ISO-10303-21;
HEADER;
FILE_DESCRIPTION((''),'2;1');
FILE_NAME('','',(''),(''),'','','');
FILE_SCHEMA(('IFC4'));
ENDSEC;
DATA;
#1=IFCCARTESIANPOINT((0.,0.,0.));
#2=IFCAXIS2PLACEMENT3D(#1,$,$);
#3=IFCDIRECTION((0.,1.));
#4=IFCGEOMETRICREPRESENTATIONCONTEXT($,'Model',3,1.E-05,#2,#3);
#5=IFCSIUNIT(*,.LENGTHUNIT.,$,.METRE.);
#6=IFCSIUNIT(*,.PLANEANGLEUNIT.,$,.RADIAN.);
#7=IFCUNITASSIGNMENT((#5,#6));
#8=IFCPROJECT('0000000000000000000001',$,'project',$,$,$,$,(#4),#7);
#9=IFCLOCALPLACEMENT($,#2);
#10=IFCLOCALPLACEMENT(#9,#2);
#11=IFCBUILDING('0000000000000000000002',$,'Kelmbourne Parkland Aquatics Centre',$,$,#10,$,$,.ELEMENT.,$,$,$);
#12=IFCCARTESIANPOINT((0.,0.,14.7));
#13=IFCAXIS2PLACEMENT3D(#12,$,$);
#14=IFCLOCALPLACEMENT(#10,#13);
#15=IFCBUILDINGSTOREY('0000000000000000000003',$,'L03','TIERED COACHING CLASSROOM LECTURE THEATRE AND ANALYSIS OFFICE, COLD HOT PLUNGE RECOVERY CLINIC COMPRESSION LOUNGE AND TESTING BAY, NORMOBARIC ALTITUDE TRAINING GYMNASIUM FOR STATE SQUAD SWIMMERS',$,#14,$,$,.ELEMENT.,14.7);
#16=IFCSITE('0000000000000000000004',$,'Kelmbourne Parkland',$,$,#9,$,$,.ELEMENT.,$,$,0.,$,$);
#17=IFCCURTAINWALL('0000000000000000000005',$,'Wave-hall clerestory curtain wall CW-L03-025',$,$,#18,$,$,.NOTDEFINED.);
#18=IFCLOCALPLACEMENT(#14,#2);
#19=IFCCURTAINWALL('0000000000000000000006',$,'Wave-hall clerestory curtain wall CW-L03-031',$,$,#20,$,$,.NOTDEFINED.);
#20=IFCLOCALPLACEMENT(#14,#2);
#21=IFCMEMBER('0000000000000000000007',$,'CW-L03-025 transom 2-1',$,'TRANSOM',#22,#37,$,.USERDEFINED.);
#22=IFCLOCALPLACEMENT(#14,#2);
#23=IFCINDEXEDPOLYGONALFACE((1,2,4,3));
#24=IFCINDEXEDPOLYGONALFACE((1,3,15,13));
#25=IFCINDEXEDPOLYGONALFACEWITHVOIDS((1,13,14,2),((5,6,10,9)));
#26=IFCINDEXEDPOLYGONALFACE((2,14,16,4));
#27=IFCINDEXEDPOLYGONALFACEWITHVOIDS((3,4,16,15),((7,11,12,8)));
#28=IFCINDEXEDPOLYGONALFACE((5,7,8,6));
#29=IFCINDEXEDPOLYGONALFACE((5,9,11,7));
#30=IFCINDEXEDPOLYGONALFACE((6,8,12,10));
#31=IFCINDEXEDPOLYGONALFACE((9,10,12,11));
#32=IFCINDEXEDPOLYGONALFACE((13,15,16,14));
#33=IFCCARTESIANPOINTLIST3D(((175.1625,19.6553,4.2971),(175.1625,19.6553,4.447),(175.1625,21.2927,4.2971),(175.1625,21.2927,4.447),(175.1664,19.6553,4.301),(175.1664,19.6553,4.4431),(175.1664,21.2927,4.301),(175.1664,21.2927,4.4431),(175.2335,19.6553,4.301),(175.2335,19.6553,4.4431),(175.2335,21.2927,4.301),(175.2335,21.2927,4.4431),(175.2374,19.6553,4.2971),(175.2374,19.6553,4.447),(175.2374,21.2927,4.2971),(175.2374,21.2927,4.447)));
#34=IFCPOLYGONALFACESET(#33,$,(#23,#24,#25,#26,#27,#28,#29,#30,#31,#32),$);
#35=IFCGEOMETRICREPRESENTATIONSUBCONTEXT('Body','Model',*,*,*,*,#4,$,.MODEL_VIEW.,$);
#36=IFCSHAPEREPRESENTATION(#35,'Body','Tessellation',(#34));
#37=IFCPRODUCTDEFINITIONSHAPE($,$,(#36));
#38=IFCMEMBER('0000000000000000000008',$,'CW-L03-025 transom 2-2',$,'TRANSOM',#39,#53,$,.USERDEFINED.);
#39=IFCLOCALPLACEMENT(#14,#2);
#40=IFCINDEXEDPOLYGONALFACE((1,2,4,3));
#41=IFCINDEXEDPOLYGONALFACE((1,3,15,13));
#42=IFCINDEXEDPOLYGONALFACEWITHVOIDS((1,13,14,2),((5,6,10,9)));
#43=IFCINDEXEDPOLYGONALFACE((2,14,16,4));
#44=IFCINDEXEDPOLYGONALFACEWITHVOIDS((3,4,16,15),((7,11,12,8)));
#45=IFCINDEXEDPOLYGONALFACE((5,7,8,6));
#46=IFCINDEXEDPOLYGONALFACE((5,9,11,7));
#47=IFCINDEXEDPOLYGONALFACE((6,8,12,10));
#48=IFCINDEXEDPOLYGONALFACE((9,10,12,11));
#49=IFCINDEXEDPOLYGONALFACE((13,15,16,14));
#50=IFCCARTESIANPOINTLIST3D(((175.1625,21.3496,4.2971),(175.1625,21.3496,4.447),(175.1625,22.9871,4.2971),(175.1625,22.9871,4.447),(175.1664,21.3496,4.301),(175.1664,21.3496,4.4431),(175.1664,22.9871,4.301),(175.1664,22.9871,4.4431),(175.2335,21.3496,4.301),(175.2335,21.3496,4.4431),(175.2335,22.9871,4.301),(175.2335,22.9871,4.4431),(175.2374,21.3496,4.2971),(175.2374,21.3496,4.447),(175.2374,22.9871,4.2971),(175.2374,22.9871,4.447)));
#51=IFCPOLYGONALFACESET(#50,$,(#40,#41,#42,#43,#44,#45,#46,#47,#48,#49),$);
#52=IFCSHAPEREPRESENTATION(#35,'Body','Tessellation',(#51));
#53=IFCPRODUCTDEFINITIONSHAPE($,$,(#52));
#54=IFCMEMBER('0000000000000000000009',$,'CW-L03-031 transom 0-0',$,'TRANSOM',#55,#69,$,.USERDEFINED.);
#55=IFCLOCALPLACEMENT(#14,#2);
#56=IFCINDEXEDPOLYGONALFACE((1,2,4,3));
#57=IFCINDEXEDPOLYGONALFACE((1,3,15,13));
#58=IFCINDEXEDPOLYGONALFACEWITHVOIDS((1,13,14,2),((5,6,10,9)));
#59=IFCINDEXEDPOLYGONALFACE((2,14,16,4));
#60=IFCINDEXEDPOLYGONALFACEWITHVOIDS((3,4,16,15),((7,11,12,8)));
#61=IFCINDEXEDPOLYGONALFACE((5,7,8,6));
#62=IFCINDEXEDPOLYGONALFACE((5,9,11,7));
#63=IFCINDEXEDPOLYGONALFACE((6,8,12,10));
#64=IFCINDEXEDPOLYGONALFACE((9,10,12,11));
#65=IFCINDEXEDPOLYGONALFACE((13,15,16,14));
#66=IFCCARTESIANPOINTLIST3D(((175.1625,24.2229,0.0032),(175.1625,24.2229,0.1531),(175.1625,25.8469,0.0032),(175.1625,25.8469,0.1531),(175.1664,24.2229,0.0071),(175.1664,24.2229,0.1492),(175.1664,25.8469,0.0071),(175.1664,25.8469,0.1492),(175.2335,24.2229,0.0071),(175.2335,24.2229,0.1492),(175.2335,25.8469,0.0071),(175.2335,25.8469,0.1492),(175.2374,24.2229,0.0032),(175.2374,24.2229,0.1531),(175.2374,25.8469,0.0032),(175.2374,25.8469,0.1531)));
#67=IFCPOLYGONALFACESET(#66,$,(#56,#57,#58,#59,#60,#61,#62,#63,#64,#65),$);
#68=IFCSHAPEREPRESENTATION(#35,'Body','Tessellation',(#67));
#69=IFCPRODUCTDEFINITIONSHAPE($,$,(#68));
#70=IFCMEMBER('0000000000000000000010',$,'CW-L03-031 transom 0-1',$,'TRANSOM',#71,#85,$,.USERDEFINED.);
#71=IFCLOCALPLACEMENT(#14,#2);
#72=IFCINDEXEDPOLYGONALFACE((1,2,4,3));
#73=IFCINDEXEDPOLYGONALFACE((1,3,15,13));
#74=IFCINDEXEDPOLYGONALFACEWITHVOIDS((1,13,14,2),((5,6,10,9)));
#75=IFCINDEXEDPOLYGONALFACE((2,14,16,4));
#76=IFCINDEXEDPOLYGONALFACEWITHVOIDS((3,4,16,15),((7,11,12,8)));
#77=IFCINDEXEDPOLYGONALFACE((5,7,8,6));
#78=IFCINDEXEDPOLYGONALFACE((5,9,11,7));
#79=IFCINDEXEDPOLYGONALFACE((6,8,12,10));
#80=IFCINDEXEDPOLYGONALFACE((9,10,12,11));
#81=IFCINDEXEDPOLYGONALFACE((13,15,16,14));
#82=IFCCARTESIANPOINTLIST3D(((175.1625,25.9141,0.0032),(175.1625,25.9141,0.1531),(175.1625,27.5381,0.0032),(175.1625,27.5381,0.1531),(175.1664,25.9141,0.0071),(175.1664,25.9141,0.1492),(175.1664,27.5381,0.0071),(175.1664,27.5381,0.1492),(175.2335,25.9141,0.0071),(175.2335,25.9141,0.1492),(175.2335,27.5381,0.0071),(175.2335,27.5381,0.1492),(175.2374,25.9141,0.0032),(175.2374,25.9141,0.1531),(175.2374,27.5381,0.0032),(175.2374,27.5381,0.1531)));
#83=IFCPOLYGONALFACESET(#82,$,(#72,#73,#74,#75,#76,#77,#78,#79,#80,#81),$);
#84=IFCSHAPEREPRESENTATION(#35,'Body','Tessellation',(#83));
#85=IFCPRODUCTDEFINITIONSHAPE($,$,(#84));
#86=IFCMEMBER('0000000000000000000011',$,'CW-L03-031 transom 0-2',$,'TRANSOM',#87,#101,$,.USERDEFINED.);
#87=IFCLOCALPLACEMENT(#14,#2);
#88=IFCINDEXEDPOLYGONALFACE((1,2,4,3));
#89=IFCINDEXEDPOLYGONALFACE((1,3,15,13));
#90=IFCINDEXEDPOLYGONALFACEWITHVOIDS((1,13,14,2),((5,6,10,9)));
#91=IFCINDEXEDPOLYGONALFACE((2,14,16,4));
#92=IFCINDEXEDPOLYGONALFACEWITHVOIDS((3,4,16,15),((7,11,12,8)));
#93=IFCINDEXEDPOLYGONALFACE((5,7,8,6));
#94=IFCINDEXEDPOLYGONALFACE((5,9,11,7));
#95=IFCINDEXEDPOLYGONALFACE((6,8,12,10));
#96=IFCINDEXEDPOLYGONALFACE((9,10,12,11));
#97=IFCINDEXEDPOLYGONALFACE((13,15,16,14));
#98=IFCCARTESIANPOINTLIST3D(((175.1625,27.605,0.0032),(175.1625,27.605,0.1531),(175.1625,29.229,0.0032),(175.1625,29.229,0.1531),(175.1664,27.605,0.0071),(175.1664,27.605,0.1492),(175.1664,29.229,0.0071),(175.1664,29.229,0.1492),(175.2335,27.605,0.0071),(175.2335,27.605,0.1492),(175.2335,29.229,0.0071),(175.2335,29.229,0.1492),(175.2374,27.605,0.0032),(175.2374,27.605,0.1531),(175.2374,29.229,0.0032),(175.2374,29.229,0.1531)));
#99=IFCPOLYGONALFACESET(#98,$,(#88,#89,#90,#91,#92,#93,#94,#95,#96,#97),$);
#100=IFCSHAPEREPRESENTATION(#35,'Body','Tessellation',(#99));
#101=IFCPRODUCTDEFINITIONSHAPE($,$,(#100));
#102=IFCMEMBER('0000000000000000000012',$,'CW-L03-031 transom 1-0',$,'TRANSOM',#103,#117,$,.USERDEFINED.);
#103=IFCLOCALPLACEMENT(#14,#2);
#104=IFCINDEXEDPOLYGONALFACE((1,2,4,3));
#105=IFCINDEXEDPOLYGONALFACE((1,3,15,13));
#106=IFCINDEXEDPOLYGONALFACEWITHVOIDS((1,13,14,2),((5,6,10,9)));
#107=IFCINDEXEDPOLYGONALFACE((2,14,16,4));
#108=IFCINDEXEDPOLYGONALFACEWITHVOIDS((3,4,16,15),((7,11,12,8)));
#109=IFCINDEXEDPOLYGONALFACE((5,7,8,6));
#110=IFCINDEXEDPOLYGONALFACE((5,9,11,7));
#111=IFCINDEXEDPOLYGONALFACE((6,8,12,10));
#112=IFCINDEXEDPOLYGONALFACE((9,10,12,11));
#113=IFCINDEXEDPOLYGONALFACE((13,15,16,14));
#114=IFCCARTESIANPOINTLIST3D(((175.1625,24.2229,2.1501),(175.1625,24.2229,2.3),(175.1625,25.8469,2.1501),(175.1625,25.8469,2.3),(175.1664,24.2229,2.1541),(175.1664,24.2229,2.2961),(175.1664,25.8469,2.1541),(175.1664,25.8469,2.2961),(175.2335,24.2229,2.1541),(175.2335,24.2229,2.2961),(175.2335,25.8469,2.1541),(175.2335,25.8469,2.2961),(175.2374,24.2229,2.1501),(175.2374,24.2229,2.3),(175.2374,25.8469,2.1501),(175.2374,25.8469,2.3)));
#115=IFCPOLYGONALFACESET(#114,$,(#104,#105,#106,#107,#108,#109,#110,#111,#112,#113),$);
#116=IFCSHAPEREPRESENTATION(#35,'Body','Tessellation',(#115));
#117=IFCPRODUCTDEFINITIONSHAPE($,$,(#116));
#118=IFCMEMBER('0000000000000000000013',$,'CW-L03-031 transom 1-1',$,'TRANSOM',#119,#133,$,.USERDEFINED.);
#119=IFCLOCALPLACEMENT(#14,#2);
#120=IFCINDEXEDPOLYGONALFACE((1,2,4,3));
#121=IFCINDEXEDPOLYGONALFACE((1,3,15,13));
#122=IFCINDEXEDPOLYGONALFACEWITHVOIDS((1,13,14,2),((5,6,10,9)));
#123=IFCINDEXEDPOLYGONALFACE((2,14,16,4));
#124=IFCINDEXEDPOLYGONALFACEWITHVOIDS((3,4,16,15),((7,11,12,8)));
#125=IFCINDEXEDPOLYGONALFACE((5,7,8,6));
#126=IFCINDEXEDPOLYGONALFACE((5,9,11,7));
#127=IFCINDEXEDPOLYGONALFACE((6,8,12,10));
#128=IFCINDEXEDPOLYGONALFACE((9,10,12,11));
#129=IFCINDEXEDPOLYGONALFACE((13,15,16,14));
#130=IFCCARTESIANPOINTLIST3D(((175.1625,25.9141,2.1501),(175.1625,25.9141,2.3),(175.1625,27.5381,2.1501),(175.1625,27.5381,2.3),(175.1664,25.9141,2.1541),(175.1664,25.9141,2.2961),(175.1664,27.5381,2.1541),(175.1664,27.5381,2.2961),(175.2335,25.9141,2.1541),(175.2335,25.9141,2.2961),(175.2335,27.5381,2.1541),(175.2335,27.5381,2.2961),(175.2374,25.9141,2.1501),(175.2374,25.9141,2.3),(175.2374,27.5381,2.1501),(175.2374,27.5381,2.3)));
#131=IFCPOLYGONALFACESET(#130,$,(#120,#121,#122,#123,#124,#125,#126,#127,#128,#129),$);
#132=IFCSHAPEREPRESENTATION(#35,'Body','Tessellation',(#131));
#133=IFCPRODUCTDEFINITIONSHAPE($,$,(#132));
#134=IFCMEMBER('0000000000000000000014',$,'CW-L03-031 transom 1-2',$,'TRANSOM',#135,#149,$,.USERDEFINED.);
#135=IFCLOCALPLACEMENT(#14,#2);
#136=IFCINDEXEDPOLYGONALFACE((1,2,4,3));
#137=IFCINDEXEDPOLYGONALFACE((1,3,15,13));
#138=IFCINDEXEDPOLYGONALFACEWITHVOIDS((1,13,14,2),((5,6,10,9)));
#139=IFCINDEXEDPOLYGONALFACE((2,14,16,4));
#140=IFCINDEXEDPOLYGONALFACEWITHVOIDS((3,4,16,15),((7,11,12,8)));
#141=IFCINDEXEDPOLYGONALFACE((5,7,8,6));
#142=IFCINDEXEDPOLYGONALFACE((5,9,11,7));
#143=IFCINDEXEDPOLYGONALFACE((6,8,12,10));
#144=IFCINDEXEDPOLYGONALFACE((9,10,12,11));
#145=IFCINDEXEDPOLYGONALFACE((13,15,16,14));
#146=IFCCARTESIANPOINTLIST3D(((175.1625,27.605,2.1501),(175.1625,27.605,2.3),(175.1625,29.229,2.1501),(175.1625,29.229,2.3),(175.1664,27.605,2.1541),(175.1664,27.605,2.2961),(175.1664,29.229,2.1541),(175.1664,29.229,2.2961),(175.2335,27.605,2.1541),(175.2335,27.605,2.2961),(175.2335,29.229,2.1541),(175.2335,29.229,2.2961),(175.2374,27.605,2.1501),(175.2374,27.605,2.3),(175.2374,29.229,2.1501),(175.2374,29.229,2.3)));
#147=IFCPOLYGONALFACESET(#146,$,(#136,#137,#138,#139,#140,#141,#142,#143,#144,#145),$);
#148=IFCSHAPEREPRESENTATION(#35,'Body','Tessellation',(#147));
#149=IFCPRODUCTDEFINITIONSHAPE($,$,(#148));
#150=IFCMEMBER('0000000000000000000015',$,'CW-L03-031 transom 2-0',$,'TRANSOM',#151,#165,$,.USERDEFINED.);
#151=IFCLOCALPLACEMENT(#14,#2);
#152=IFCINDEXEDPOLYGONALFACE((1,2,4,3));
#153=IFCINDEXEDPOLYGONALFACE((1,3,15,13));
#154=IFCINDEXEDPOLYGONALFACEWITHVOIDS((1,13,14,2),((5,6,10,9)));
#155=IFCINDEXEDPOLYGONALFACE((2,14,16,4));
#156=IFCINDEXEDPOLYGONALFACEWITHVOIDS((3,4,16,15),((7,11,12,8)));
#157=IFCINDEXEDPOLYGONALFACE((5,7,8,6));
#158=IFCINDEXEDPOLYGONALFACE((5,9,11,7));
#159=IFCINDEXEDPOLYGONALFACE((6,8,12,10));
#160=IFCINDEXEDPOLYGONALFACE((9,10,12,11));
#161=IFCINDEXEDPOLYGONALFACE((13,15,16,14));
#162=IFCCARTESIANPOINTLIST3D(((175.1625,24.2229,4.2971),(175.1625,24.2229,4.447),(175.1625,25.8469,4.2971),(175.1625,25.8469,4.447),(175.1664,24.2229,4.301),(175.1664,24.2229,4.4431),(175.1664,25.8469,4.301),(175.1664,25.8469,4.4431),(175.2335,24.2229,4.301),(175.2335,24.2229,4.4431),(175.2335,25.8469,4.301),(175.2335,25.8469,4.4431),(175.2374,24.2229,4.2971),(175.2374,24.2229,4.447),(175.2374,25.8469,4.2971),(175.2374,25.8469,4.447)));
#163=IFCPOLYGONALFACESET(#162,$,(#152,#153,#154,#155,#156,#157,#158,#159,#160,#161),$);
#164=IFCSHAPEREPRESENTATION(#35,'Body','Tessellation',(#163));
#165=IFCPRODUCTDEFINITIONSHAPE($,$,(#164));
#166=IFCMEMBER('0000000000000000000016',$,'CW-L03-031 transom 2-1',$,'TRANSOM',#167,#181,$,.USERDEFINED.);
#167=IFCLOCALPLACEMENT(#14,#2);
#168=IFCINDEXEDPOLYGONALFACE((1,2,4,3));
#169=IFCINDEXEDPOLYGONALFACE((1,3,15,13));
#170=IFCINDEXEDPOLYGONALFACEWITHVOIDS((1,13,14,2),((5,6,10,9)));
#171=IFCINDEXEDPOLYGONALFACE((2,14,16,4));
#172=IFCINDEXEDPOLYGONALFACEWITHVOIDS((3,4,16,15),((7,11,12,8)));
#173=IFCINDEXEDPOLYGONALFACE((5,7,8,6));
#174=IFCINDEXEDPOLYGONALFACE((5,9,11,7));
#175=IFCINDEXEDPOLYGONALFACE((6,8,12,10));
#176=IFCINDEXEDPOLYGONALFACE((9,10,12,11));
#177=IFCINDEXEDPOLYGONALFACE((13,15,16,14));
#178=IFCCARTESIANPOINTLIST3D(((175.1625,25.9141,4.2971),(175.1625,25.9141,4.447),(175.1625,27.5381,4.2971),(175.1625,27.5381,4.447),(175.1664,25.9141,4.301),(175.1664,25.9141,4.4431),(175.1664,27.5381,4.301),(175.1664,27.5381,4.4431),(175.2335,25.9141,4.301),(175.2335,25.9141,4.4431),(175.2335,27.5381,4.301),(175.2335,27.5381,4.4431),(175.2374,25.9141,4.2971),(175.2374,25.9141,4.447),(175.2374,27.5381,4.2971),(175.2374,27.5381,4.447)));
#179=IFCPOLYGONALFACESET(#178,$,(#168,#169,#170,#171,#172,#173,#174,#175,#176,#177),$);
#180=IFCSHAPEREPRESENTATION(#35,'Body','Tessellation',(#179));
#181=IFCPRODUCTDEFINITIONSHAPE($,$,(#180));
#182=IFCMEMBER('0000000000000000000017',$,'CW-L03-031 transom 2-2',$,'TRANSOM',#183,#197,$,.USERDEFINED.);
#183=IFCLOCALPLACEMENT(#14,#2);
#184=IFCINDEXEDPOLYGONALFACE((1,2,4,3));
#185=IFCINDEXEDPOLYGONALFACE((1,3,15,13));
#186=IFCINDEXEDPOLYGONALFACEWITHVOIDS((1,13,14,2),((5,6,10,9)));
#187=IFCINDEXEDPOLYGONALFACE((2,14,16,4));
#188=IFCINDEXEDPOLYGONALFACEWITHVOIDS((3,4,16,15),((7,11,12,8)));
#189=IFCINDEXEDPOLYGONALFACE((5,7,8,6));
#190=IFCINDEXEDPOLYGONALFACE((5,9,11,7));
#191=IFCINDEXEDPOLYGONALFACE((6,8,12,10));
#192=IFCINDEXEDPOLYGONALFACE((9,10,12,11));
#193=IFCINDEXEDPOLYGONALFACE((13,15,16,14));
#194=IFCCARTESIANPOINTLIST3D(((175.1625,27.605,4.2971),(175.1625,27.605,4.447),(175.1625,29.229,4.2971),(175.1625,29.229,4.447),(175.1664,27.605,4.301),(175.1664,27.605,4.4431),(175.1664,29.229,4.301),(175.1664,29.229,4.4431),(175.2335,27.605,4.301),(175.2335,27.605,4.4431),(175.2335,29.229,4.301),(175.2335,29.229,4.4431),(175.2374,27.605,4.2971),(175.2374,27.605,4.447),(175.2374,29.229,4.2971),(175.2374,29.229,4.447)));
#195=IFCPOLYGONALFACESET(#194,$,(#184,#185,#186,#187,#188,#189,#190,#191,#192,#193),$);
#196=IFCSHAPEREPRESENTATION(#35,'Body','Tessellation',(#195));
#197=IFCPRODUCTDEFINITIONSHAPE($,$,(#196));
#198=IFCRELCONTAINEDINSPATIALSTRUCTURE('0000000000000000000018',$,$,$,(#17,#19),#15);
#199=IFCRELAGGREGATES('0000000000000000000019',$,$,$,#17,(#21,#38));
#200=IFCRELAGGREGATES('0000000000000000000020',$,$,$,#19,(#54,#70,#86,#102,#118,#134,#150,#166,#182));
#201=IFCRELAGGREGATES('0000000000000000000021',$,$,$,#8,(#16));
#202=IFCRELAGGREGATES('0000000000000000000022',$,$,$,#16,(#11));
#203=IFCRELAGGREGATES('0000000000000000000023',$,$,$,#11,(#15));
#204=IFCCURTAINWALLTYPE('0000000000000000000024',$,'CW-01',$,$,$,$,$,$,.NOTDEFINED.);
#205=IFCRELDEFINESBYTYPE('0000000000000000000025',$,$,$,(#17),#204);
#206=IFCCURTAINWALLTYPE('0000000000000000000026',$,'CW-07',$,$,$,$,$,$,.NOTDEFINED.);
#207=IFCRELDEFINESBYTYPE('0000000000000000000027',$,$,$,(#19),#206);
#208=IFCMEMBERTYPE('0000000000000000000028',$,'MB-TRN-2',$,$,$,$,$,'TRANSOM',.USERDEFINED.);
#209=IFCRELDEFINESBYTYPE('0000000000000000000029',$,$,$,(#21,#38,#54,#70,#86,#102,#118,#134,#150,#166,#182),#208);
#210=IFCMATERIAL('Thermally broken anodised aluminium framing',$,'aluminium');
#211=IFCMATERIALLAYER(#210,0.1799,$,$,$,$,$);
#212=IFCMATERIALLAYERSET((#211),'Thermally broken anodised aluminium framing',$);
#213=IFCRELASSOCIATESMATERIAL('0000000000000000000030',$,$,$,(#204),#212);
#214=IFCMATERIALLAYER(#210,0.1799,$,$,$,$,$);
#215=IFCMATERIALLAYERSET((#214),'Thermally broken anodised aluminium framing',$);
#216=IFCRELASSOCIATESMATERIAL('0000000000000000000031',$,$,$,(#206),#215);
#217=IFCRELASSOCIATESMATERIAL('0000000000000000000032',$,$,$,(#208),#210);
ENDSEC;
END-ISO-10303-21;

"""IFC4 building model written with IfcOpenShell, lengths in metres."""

from ifc_helpers import new_model, si_unit, direction, frame, origin, origin_2d, place, context, subcontext, project, spatial, hollow_rectangle, extrude, material, layer, layer_set, material_profile, profile_set, type_object, element, aggregate, save


model = new_model("IFC4")

# Units and contexts
model_context = context("Model", 3, precision=1e-05, world=origin(), true_north=direction((0.0, 1.0)))
body_context = subcontext(model_context, "Body", "Model", "MODEL_VIEW")
ifc_project = project(units=[si_unit("LENGTHUNIT", "METRE"), si_unit("PLANEANGLEUNIT", "RADIAN")], contexts=[model_context])

# Site, building, storey
site_placement = place(None, origin())
site = spatial("IfcSite", under=ifc_project, at=site_placement, Name="Kelmbourne Parkland", CompositionType="ELEMENT", RefElevation=0.0)
building_placement = place(site_placement, origin())
building = spatial("IfcBuilding", under=site, at=building_placement, Name="Kelmbourne Parkland Aquatics Centre", CompositionType="ELEMENT")
storey_placement = place(building_placement, frame((0.0, 0.0, 14.7)))
storey = spatial("IfcBuildingStorey", under=building, at=storey_placement, Name="L03", Description="TIERED COACHING CLASSROOM LECTURE THEATRE AND ANALYSIS OFFICE, COLD HOT PLUNGE RECOVERY CLINIC COMPRESSION LOUNGE AND TESTING BAY, NORMOBARIC ALTITUDE TRAINING GYMNASIUM FOR STATE SQUAD SWIMMERS", CompositionType="ELEMENT", Elevation=14.7)

# Curtain walls
ifc_material_1 = material(Name="Thermally broken anodised aluminium framing", Category="aluminium")
ifc_layer_1 = layer(ifc_material_1, 0.1799)
ifc_layer_set_1 = layer_set([ifc_layer_1], Name="Thermally broken anodised aluminium framing")
curtain_wall_type_1 = type_object("IfcCurtainWallType", Name="CW-01", PredefinedType="NOTDEFINED", material=ifc_layer_set_1)
curtain_wall_1_placement = place(storey_placement, origin())
curtain_wall_1 = element("IfcCurtainWall", 1, at=curtain_wall_1_placement, inside=storey, type_object=curtain_wall_type_1, Name="Wave-hall clerestory curtain wall CW-L03-025", PredefinedType="NOTDEFINED")
ifc_layer_2 = layer(ifc_material_1, 0.1799)
ifc_layer_set_2 = layer_set([ifc_layer_2], Name="Thermally broken anodised aluminium framing")
curtain_wall_type_2 = type_object("IfcCurtainWallType", Name="CW-07", PredefinedType="NOTDEFINED", material=ifc_layer_set_2)
curtain_wall_2_placement = place(storey_placement, origin())
curtain_wall_2 = element("IfcCurtainWall", 2, at=curtain_wall_2_placement, inside=storey, type_object=curtain_wall_type_2, Name="Wave-hall clerestory curtain wall CW-L03-031", PredefinedType="NOTDEFINED")

# Members
ifc_material_profile_1 = material_profile(ifc_material_1, hollow_rectangle(XDim=0.075, YDim=0.1499, WallThickness=0.0039, at=origin_2d()), Name="CW-T 75x150")
ifc_profile_set_1 = profile_set([ifc_material_profile_1], Name="Thermally broken anodised aluminium framing")
member_type_1 = type_object("IfcMemberType", Name="MB-TRN-2", ElementType="TRANSOM", PredefinedType="USERDEFINED", material=ifc_profile_set_1)
member_1_placement = place(storey_placement, frame((175.2, 19.6553, 4.3721), z_axis=(0.0, 1.0, 0.0), x_axis=(-1.0, 0.0, 0.0)))
member_1 = element("IfcMember", 3, at=member_1_placement, type_object=member_type_1, Name="CW-L03-025 transom 2-1", ObjectType="TRANSOM", PredefinedType="USERDEFINED", context=body_context, shape_type="SweptSolid", body=[
    extrude(hollow_rectangle(XDim=0.075, YDim=0.1499, WallThickness=0.0039, at=origin_2d()), origin(), (0.0, 0.0, 1.0), 1.6375),
])
member_2_placement = place(storey_placement, frame((175.2, 21.3496, 4.3721), z_axis=(0.0, 1.0, 0.0), x_axis=(-1.0, 0.0, 0.0)))
member_2 = element("IfcMember", 4, at=member_2_placement, type_object=member_type_1, Name="CW-L03-025 transom 2-2", ObjectType="TRANSOM", PredefinedType="USERDEFINED", context=body_context, shape_type="SweptSolid", body=[
    extrude(hollow_rectangle(XDim=0.075, YDim=0.1499, WallThickness=0.0039, at=origin_2d()), origin(), (0.0, 0.0, 1.0), 1.6375),
])
member_3_placement = place(storey_placement, frame((175.2, 24.2229, 0.0781), z_axis=(0.0, 1.0, 0.0), x_axis=(-1.0, 0.0, 0.0)))
member_3 = element("IfcMember", 5, at=member_3_placement, type_object=member_type_1, Name="CW-L03-031 transom 0-0", ObjectType="TRANSOM", PredefinedType="USERDEFINED", context=body_context, shape_type="SweptSolid", body=[
    extrude(hollow_rectangle(XDim=0.075, YDim=0.1499, WallThickness=0.0039, at=origin_2d()), origin(), (0.0, 0.0, 1.0), 1.624),
])
member_4_placement = place(storey_placement, frame((175.2, 25.9141, 0.0781), z_axis=(0.0, 1.0, 0.0), x_axis=(-1.0, 0.0, 0.0)))
member_4 = element("IfcMember", 6, at=member_4_placement, type_object=member_type_1, Name="CW-L03-031 transom 0-1", ObjectType="TRANSOM", PredefinedType="USERDEFINED", context=body_context, shape_type="SweptSolid", body=[
    extrude(hollow_rectangle(XDim=0.075, YDim=0.1499, WallThickness=0.0039, at=origin_2d()), origin(), (0.0, 0.0, 1.0), 1.624),
])
member_5_placement = place(storey_placement, frame((175.2, 27.605, 0.0781), z_axis=(0.0, 1.0, 0.0), x_axis=(-1.0, 0.0, 0.0)))
member_5 = element("IfcMember", 7, at=member_5_placement, type_object=member_type_1, Name="CW-L03-031 transom 0-2", ObjectType="TRANSOM", PredefinedType="USERDEFINED", context=body_context, shape_type="SweptSolid", body=[
    extrude(hollow_rectangle(XDim=0.075, YDim=0.1499, WallThickness=0.0039, at=origin_2d()), origin(), (0.0, 0.0, 1.0), 1.624),
])
member_6_placement = place(storey_placement, frame((175.2, 24.2229, 2.2251), z_axis=(0.0, 1.0, 0.0), x_axis=(-1.0, 0.0, 0.0)))
member_6 = element("IfcMember", 8, at=member_6_placement, type_object=member_type_1, Name="CW-L03-031 transom 1-0", ObjectType="TRANSOM", PredefinedType="USERDEFINED", context=body_context, shape_type="SweptSolid", body=[
    extrude(hollow_rectangle(XDim=0.075, YDim=0.1499, WallThickness=0.0039, at=origin_2d()), origin(), (0.0, 0.0, 1.0), 1.624),
])
member_7_placement = place(storey_placement, frame((175.2, 25.9141, 2.2251), z_axis=(0.0, 1.0, 0.0), x_axis=(-1.0, 0.0, 0.0)))
member_7 = element("IfcMember", 9, at=member_7_placement, type_object=member_type_1, Name="CW-L03-031 transom 1-1", ObjectType="TRANSOM", PredefinedType="USERDEFINED", context=body_context, shape_type="SweptSolid", body=[
    extrude(hollow_rectangle(XDim=0.075, YDim=0.1499, WallThickness=0.0039, at=origin_2d()), origin(), (0.0, 0.0, 1.0), 1.624),
])
member_8_placement = place(storey_placement, frame((175.2, 27.605, 2.2251), z_axis=(0.0, 1.0, 0.0), x_axis=(-1.0, 0.0, 0.0)))
member_8 = element("IfcMember", 10, at=member_8_placement, type_object=member_type_1, Name="CW-L03-031 transom 1-2", ObjectType="TRANSOM", PredefinedType="USERDEFINED", context=body_context, shape_type="SweptSolid", body=[
    extrude(hollow_rectangle(XDim=0.075, YDim=0.1499, WallThickness=0.0039, at=origin_2d()), origin(), (0.0, 0.0, 1.0), 1.624),
])
member_9_placement = place(storey_placement, frame((175.2, 24.2229, 4.3721), z_axis=(0.0, 1.0, 0.0), x_axis=(-1.0, 0.0, 0.0)))
member_9 = element("IfcMember", 11, at=member_9_placement, type_object=member_type_1, Name="CW-L03-031 transom 2-0", ObjectType="TRANSOM", PredefinedType="USERDEFINED", context=body_context, shape_type="SweptSolid", body=[
    extrude(hollow_rectangle(XDim=0.075, YDim=0.1499, WallThickness=0.0039, at=origin_2d()), origin(), (0.0, 0.0, 1.0), 1.624),
])
member_10_placement = place(storey_placement, frame((175.2, 25.9141, 4.3721), z_axis=(0.0, 1.0, 0.0), x_axis=(-1.0, 0.0, 0.0)))
member_10 = element("IfcMember", 12, at=member_10_placement, type_object=member_type_1, Name="CW-L03-031 transom 2-1", ObjectType="TRANSOM", PredefinedType="USERDEFINED", context=body_context, shape_type="SweptSolid", body=[
    extrude(hollow_rectangle(XDim=0.075, YDim=0.1499, WallThickness=0.0039, at=origin_2d()), origin(), (0.0, 0.0, 1.0), 1.624),
])
member_11_placement = place(storey_placement, frame((175.2, 27.605, 4.3721), z_axis=(0.0, 1.0, 0.0), x_axis=(-1.0, 0.0, 0.0)))
member_11 = element("IfcMember", 13, at=member_11_placement, type_object=member_type_1, Name="CW-L03-031 transom 2-2", ObjectType="TRANSOM", PredefinedType="USERDEFINED", context=body_context, shape_type="SweptSolid", body=[
    extrude(hollow_rectangle(XDim=0.075, YDim=0.1499, WallThickness=0.0039, at=origin_2d()), origin(), (0.0, 0.0, 1.0), 1.624),
])

aggregate(curtain_wall_1, [member_1, member_2])
aggregate(curtain_wall_2, [member_3, member_4, member_5, member_6, member_7, member_8, member_9, member_10, member_11])

save(model, "model.ifc")
